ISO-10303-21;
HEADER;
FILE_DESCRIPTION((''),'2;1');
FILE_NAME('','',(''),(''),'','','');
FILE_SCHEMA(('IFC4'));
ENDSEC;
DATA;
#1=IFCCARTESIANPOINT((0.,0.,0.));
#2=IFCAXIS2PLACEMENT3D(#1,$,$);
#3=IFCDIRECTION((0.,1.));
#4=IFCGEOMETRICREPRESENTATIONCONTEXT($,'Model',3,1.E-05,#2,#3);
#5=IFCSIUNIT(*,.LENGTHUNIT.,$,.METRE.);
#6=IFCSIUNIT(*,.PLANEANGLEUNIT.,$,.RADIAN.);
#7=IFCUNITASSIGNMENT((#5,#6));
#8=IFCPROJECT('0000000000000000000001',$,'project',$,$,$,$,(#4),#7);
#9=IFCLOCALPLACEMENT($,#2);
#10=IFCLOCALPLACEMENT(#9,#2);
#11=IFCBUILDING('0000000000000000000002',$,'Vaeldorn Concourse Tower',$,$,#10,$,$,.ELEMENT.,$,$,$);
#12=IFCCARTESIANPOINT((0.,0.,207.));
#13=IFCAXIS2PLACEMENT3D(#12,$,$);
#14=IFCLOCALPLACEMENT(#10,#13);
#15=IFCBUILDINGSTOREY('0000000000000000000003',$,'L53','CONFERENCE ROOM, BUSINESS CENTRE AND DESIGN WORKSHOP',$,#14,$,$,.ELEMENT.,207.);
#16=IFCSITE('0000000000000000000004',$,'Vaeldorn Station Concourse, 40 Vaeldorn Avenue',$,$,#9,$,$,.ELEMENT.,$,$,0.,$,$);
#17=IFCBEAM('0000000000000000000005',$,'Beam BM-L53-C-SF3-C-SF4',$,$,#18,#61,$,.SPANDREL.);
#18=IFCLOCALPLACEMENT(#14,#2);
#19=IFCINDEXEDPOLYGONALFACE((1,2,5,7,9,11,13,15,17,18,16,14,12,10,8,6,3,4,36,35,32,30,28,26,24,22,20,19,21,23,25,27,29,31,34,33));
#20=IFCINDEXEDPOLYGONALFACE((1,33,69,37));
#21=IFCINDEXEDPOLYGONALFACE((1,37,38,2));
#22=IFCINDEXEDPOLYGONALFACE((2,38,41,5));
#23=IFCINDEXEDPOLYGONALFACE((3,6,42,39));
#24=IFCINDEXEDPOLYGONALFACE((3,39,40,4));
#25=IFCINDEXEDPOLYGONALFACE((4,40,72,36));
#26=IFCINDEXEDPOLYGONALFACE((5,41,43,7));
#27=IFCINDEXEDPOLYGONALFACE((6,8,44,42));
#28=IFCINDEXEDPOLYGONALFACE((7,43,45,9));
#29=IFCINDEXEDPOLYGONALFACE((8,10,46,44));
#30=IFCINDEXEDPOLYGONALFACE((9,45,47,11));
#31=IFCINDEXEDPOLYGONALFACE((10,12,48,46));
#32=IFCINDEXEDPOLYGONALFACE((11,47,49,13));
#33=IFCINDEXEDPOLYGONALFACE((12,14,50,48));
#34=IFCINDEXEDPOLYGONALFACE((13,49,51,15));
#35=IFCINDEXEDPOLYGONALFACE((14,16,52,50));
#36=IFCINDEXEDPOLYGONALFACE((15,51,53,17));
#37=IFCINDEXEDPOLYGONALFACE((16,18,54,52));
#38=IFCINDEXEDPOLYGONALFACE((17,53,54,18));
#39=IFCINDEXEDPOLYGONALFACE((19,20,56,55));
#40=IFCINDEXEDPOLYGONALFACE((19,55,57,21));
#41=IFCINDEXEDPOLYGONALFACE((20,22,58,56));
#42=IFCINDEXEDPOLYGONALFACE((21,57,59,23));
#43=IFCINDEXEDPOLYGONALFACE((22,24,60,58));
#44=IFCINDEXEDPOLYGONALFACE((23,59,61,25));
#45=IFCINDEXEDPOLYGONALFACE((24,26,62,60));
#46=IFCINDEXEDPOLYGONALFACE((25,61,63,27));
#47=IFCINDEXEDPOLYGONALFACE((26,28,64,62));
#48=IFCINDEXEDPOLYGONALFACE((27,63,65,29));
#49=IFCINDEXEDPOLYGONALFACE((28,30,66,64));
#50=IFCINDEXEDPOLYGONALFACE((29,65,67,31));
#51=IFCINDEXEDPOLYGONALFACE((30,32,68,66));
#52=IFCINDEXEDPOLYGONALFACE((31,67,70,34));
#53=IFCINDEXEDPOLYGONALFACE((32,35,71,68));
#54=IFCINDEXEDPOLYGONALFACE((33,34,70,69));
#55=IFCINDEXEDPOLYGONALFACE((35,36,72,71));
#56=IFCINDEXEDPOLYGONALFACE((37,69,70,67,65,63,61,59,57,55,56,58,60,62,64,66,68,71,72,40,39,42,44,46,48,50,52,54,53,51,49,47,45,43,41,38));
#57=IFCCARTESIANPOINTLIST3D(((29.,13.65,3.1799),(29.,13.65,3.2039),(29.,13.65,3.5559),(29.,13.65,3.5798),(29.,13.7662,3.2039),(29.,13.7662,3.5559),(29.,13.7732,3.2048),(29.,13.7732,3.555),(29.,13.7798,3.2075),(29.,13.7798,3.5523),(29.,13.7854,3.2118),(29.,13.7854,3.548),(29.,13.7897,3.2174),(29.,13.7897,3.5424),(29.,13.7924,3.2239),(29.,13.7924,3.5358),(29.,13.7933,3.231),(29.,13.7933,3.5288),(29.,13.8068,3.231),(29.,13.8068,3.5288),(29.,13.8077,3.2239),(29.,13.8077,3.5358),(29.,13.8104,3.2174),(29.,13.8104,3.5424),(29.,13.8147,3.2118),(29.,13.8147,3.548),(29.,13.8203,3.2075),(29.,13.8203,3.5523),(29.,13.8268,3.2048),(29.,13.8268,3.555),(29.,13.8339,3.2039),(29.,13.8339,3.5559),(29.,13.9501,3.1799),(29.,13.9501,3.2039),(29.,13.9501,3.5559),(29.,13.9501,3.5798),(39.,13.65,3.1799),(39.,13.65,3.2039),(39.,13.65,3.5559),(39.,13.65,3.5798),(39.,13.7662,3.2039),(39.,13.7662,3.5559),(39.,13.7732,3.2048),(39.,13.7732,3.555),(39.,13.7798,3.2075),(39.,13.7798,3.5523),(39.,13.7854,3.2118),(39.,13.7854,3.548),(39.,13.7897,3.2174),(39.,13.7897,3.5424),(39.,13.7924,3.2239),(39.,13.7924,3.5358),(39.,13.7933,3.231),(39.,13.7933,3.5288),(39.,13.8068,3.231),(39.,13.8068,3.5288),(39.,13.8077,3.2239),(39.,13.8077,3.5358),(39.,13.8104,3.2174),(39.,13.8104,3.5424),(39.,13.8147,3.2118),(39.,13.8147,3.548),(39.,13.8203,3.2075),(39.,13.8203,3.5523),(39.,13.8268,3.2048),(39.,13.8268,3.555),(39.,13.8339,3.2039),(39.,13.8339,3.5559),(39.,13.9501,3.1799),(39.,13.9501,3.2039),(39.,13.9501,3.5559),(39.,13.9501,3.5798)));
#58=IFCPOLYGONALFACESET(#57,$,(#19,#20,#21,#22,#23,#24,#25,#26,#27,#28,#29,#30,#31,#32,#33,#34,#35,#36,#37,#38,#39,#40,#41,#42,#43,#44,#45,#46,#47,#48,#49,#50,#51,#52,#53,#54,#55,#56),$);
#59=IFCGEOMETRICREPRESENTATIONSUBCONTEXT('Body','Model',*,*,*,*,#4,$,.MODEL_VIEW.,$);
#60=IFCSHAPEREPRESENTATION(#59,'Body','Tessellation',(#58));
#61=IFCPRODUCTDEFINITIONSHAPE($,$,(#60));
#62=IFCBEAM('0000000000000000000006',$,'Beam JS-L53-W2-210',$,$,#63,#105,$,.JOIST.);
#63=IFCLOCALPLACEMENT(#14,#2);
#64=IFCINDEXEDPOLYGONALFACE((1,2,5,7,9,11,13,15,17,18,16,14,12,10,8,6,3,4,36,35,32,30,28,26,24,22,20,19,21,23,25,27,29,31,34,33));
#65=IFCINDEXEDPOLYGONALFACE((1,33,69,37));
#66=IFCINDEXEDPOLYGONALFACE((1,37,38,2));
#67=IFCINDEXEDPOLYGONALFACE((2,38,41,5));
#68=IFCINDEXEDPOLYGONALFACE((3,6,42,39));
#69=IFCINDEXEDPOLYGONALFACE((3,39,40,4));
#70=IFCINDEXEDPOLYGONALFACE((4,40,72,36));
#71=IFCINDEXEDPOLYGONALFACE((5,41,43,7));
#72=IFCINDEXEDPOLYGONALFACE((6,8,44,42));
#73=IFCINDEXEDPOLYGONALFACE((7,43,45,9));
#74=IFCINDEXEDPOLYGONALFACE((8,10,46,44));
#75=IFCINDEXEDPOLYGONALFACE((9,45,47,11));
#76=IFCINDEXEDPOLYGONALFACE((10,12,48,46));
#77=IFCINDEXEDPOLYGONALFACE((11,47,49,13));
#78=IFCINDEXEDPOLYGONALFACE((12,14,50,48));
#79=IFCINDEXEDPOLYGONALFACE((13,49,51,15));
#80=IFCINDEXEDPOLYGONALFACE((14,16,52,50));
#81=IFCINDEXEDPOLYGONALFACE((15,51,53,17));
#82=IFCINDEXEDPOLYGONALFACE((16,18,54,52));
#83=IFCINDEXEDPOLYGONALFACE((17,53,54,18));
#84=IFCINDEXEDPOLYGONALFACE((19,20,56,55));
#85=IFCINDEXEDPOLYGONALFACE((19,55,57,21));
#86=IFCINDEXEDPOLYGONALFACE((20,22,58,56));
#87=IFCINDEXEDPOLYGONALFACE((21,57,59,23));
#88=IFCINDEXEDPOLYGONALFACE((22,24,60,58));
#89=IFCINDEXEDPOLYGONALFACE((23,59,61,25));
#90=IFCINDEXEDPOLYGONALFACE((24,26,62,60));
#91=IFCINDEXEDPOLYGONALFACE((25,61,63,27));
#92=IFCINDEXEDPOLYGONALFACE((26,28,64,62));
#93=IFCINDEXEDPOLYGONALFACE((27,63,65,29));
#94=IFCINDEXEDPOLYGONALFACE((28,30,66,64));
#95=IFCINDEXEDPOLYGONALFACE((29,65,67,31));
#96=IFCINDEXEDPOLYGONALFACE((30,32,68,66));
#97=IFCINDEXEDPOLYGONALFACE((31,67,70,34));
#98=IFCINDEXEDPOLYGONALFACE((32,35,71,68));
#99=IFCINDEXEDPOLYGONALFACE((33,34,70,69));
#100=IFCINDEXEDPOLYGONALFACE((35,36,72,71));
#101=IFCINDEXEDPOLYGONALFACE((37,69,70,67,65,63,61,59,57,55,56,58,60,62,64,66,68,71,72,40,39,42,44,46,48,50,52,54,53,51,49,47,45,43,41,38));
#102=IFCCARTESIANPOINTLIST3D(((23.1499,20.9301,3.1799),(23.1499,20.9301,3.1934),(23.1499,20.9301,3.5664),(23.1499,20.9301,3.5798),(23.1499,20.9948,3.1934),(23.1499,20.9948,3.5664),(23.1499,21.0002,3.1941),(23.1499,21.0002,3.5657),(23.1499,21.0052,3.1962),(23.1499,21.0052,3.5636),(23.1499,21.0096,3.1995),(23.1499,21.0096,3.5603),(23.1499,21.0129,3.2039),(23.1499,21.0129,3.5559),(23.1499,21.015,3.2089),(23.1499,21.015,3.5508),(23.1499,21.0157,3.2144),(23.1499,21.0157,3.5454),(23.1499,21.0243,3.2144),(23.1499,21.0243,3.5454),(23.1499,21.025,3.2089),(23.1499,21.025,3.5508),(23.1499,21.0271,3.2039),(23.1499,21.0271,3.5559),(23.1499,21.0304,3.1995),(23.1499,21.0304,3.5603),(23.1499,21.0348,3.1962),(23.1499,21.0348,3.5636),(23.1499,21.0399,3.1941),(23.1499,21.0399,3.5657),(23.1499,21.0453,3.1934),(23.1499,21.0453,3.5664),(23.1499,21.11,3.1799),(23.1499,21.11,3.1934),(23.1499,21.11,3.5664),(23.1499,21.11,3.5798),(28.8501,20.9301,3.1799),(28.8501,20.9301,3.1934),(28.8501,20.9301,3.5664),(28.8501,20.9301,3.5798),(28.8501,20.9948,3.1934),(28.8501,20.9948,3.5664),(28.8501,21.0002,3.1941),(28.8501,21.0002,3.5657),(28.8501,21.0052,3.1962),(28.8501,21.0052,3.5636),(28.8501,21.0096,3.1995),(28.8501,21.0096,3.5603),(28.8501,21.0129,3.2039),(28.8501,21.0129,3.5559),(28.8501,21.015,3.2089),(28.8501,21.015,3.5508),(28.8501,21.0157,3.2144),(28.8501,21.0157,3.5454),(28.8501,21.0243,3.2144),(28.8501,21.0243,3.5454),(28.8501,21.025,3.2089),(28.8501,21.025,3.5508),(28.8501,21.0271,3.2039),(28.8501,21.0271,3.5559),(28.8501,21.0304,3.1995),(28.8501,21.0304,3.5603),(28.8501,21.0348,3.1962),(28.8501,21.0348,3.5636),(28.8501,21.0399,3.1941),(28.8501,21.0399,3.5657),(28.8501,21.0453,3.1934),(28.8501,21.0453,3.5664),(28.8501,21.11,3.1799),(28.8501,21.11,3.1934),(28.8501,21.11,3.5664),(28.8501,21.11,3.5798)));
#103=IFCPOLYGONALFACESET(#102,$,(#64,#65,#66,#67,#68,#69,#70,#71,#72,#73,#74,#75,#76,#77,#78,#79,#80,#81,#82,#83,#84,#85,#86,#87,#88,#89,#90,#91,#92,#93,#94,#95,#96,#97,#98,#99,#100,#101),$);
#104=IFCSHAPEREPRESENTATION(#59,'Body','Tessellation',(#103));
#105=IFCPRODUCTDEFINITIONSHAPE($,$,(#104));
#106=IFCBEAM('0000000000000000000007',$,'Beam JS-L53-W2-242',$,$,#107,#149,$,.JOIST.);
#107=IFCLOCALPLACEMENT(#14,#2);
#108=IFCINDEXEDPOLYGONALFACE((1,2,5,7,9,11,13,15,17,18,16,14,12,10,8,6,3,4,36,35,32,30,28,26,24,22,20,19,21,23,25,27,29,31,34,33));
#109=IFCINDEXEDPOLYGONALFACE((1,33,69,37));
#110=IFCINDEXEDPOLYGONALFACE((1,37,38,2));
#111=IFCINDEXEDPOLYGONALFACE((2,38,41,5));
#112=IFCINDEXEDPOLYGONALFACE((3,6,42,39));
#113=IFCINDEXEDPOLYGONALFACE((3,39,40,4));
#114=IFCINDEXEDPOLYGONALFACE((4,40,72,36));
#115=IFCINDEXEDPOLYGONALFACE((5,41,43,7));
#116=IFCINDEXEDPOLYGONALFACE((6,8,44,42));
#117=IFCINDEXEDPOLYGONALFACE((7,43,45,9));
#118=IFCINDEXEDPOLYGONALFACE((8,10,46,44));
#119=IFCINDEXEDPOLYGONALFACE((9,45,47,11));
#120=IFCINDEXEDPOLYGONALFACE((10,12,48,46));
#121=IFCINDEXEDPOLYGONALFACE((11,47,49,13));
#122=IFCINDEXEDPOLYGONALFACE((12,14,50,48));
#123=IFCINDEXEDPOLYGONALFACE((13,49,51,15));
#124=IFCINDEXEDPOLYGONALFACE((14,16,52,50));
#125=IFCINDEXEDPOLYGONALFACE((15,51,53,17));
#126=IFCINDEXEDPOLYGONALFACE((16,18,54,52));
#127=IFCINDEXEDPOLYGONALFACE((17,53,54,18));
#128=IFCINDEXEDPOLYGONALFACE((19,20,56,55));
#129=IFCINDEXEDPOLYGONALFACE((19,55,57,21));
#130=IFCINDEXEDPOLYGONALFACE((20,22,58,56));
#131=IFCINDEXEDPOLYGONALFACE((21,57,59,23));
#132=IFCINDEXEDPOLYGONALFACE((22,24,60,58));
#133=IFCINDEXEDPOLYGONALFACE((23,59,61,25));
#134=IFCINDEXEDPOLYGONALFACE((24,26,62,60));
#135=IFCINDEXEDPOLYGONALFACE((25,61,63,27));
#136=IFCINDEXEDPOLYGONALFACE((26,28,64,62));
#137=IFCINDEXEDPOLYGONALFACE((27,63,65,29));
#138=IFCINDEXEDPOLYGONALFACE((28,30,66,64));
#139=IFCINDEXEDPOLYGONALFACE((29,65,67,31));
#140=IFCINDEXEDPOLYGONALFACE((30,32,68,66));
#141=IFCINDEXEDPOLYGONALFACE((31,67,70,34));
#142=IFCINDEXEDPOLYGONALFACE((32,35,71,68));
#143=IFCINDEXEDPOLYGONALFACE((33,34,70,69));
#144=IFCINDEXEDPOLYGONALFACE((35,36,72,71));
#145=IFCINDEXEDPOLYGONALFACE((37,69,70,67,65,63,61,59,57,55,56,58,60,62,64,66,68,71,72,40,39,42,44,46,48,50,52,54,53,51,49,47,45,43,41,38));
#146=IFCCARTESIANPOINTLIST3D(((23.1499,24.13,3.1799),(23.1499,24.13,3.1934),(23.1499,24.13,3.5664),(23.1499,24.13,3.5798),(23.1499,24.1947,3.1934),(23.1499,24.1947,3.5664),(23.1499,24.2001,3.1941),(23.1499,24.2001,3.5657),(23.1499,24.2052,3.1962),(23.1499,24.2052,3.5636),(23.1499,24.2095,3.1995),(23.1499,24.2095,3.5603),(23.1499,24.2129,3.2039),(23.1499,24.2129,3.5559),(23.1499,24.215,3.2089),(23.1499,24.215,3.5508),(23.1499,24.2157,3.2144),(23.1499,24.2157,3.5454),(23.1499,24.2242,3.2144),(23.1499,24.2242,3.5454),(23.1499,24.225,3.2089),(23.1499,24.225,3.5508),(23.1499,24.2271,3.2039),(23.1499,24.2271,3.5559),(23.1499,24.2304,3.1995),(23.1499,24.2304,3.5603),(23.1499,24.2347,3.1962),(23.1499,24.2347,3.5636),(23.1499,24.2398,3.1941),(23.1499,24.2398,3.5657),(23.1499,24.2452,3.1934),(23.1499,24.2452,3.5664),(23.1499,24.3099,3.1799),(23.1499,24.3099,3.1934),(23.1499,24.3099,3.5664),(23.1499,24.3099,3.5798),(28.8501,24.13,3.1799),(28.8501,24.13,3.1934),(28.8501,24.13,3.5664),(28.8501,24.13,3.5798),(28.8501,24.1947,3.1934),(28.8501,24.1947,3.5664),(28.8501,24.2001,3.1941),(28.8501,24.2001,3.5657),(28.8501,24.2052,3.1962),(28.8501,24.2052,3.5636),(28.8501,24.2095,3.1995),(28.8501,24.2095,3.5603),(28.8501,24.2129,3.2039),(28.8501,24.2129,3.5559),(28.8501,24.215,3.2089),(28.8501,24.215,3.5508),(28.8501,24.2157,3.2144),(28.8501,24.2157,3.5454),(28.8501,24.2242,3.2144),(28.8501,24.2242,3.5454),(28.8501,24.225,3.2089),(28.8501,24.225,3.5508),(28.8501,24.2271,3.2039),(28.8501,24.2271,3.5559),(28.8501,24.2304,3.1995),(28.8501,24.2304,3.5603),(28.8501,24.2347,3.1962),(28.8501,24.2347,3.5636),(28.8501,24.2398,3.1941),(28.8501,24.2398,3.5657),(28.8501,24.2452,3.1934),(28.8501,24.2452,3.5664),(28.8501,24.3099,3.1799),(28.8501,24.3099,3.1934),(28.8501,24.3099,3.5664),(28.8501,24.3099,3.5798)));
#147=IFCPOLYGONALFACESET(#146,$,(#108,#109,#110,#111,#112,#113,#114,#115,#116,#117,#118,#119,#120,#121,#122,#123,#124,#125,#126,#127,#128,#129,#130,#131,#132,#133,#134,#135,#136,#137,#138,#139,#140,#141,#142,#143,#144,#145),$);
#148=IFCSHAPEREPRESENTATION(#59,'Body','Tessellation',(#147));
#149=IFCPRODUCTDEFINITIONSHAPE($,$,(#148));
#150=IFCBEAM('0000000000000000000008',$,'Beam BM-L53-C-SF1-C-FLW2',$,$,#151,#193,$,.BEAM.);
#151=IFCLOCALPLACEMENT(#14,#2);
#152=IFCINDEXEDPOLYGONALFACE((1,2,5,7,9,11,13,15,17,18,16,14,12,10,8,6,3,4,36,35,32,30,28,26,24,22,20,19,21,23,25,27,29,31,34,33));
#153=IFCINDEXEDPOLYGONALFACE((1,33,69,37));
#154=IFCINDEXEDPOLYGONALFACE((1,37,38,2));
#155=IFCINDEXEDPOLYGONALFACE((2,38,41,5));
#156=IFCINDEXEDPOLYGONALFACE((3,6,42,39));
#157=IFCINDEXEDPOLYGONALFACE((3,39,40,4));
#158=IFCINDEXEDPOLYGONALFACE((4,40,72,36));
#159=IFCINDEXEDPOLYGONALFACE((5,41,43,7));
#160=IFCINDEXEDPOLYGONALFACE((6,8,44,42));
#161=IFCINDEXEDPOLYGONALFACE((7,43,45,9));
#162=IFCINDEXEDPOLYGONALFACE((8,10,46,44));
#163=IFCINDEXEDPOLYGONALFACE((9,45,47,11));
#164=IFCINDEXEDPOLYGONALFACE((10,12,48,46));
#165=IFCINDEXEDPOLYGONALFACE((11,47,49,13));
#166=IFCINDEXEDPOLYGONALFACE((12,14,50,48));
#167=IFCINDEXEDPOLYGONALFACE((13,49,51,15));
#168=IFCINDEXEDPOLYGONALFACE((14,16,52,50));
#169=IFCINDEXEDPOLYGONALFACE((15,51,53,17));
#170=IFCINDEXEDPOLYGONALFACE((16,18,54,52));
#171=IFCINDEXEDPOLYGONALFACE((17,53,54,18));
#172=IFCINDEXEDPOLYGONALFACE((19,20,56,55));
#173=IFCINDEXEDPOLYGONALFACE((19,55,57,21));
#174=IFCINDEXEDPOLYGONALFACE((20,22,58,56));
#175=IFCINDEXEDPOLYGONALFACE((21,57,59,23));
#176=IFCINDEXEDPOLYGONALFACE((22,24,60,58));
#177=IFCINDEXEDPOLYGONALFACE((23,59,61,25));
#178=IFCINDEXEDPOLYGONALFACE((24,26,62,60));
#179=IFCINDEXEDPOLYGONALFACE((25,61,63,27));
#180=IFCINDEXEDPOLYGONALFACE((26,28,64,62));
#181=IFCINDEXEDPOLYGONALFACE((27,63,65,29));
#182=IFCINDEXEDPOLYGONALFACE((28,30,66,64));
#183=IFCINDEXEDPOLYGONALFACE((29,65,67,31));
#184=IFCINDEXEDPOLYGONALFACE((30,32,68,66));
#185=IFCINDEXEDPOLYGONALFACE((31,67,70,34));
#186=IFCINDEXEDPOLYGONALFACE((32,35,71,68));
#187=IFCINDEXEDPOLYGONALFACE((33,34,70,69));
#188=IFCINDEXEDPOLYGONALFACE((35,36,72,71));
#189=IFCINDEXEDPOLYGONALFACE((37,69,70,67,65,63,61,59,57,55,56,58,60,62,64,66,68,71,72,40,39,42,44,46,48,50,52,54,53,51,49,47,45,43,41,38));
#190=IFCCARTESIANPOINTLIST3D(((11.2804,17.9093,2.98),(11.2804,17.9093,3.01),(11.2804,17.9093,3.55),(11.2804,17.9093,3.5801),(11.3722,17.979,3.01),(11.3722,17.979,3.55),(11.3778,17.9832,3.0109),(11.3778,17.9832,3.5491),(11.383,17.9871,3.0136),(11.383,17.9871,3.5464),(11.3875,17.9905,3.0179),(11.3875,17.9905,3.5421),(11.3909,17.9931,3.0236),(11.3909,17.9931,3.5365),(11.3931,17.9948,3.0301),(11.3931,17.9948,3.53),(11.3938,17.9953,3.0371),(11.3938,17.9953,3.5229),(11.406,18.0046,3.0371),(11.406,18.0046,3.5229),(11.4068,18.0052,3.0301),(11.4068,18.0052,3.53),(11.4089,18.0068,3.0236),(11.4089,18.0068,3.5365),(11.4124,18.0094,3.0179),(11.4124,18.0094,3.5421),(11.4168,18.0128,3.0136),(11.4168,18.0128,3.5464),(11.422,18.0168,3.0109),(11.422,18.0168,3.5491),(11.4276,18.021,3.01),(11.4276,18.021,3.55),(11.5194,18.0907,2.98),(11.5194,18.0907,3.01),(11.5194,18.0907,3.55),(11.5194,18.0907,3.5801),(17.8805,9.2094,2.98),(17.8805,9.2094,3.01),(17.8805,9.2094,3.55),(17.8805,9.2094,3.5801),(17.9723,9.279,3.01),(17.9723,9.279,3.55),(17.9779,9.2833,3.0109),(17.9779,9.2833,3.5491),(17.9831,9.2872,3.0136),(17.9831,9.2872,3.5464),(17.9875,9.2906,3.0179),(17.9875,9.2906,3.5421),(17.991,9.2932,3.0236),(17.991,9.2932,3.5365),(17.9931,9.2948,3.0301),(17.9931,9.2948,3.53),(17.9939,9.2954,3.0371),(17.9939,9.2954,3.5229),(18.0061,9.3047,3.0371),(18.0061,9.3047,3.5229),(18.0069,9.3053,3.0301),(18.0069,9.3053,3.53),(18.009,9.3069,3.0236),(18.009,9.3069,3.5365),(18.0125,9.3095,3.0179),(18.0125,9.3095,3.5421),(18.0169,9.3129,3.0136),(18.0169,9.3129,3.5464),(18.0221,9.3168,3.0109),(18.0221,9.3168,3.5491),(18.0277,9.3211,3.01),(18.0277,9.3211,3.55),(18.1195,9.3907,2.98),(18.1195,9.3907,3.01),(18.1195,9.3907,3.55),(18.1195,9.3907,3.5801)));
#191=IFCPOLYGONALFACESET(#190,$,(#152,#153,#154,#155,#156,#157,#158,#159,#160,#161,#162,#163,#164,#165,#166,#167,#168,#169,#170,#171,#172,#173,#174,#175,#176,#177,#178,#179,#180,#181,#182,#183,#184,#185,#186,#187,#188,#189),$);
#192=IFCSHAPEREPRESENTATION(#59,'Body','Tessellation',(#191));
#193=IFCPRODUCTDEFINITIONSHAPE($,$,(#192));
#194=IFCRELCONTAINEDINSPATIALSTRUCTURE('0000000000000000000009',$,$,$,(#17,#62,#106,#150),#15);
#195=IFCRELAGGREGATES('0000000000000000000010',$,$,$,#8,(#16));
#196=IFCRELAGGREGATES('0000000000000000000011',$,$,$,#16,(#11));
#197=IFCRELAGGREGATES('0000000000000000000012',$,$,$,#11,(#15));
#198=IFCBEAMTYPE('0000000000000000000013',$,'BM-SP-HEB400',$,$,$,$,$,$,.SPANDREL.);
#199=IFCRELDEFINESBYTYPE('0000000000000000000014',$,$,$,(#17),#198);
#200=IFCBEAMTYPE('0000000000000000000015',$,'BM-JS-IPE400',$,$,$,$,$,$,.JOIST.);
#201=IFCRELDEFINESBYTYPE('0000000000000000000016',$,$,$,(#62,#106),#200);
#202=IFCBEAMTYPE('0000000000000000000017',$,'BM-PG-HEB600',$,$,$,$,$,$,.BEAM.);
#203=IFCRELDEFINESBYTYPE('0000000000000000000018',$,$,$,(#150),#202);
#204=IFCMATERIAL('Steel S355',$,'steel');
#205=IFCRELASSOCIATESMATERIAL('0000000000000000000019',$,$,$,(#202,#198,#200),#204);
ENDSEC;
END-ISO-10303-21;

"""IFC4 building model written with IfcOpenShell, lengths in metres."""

from ifc_helpers import new_model, si_unit, direction, frame, origin, origin_2d, place, context, subcontext, project, spatial, i_section, extrude, source, transform, mapped, material, material_profile, profile_set, type_object, element, save


model = new_model("IFC4")

# Units and contexts
model_context = context("Model", 3, precision=1e-05, world=origin(), true_north=direction((0.0, 1.0)))
body_context = subcontext(model_context, "Body", "Model", "MODEL_VIEW")
ifc_project = project(units=[si_unit("LENGTHUNIT", "METRE"), si_unit("PLANEANGLEUNIT", "RADIAN")], contexts=[model_context])

# Site, building, storey
site_placement = place(None, origin())
site = spatial("IfcSite", under=ifc_project, at=site_placement, Name="Vaeldorn Station Concourse, 40 Vaeldorn Avenue", CompositionType="ELEMENT", RefElevation=0.0)
building_placement = place(site_placement, origin())
building = spatial("IfcBuilding", under=site, at=building_placement, Name="Vaeldorn Concourse Tower", CompositionType="ELEMENT")
storey_placement = place(building_placement, frame((0.0, 0.0, 207.0)))
storey = spatial("IfcBuildingStorey", under=building, at=storey_placement, Name="L53", Description="CONFERENCE ROOM, BUSINESS CENTRE AND DESIGN WORKSHOP", CompositionType="ELEMENT", Elevation=207.0)

# Shared definitions
ifc_material_1 = material(Name="Steel S355", Category="steel")

# Beams
ifc_material_profile_1 = material_profile(ifc_material_1, i_section(OverallWidth=0.3, OverallDepth=0.6001, WebThickness=0.0154, FlangeThickness=0.03, FilletRadius=0.0271, at=origin_2d()), Name="HEB 600")
ifc_profile_set_1 = profile_set([ifc_material_profile_1], Name="Steel S355")
beam_type_1 = type_object("IfcBeamType", Name="BM-PG-HEB600", PredefinedType="BEAM", material=ifc_profile_set_1)
ifc_material_profile_2 = material_profile(ifc_material_1, i_section(OverallWidth=0.3, OverallDepth=0.3999, WebThickness=0.0134, FlangeThickness=0.0239, FilletRadius=0.0271, at=origin_2d()), Name="HEB 400")
ifc_profile_set_2 = profile_set([ifc_material_profile_2], Name="Steel S355")
beam_type_2 = type_object("IfcBeamType", Name="BM-SP-HEB400", PredefinedType="SPANDREL", material=ifc_profile_set_2)
shared_shape_1 = source(origin(), body_context, "Body", "SweptSolid", [
    extrude(i_section(OverallWidth=0.3, OverallDepth=0.3999, WebThickness=0.0134, FlangeThickness=0.0239, FilletRadius=0.0271, at=origin_2d()), origin(), (0.0, 0.0, 1.0), 10.0),
])
beam_1_placement = place(storey_placement, frame((29.0, 13.8, 3.3799), z_axis=(1.0, 0.0, 0.0), x_axis=(0.0, 1.0, 0.0)))
element("IfcBeam", 1, at=beam_1_placement, inside=storey, type_object=beam_type_2, Name="Beam BM-L53-C-SF3-C-SF4", PredefinedType="SPANDREL", context=body_context, shape_type="MappedRepresentation", body=[
    mapped(shared_shape_1, transform((0.0, 0.0, 0.0), scale=1.0)),
])
ifc_material_profile_3 = material_profile(ifc_material_1, i_section(OverallWidth=0.1799, OverallDepth=0.3999, WebThickness=0.0085, FlangeThickness=0.0134, FilletRadius=0.021, at=origin_2d()), Name="IPE 400")
ifc_profile_set_3 = profile_set([ifc_material_profile_3], Name="Steel S355")
beam_type_3 = type_object("IfcBeamType", Name="BM-JS-IPE400", PredefinedType="JOIST", material=ifc_profile_set_3)
shared_shape_2 = source(origin(), body_context, "Body", "SweptSolid", [
    extrude(i_section(OverallWidth=0.1799, OverallDepth=0.3999, WebThickness=0.0085, FlangeThickness=0.0134, FilletRadius=0.021, at=origin_2d()), origin(), (0.0, 0.0, 1.0), 5.7002),
])
for number, where, z_axis, x_axis, name in (
    (2, (23.1499, 21.02, 3.3799), (1.0, 0.0, 0.0), (0.0, 1.0, 0.0), "Beam JS-L53-W2-210"),
    (3, (23.1499, 24.22, 3.3799), (1.0, 0.0, 0.0), (0.0, 1.0, 0.0), "Beam JS-L53-W2-242"),
):
    element("IfcBeam", number, at=place(storey_placement, frame(where, z_axis=z_axis, x_axis=x_axis)), inside=storey, type_object=beam_type_3, Name=name, PredefinedType="JOIST", context=body_context, shape_type="MappedRepresentation", body=[
        mapped(shared_shape_2, transform((0.0, 0.0, 0.0), scale=1.0)),
    ])
shared_shape_3 = source(origin(), body_context, "Body", "SweptSolid", [
    extrude(i_section(OverallWidth=0.3, OverallDepth=0.6001, WebThickness=0.0154, FlangeThickness=0.03, FilletRadius=0.0271, at=origin_2d()), origin(), (0.0, 0.0, 1.0), 10.9202),
])
beam_2_placement = place(storey_placement, frame((18.0, 9.3, 3.28), z_axis=(-0.604394, 0.796685, 0.0), x_axis=(-0.796685, -0.604394, 0.0)))
element("IfcBeam", 4, at=beam_2_placement, inside=storey, type_object=beam_type_1, Name="Beam BM-L53-C-SF1-C-FLW2", PredefinedType="BEAM", context=body_context, shape_type="MappedRepresentation", body=[
    mapped(shared_shape_3, transform((0.0, 0.0, 0.0), scale=1.0)),
])

save(model, "model.ifc")
